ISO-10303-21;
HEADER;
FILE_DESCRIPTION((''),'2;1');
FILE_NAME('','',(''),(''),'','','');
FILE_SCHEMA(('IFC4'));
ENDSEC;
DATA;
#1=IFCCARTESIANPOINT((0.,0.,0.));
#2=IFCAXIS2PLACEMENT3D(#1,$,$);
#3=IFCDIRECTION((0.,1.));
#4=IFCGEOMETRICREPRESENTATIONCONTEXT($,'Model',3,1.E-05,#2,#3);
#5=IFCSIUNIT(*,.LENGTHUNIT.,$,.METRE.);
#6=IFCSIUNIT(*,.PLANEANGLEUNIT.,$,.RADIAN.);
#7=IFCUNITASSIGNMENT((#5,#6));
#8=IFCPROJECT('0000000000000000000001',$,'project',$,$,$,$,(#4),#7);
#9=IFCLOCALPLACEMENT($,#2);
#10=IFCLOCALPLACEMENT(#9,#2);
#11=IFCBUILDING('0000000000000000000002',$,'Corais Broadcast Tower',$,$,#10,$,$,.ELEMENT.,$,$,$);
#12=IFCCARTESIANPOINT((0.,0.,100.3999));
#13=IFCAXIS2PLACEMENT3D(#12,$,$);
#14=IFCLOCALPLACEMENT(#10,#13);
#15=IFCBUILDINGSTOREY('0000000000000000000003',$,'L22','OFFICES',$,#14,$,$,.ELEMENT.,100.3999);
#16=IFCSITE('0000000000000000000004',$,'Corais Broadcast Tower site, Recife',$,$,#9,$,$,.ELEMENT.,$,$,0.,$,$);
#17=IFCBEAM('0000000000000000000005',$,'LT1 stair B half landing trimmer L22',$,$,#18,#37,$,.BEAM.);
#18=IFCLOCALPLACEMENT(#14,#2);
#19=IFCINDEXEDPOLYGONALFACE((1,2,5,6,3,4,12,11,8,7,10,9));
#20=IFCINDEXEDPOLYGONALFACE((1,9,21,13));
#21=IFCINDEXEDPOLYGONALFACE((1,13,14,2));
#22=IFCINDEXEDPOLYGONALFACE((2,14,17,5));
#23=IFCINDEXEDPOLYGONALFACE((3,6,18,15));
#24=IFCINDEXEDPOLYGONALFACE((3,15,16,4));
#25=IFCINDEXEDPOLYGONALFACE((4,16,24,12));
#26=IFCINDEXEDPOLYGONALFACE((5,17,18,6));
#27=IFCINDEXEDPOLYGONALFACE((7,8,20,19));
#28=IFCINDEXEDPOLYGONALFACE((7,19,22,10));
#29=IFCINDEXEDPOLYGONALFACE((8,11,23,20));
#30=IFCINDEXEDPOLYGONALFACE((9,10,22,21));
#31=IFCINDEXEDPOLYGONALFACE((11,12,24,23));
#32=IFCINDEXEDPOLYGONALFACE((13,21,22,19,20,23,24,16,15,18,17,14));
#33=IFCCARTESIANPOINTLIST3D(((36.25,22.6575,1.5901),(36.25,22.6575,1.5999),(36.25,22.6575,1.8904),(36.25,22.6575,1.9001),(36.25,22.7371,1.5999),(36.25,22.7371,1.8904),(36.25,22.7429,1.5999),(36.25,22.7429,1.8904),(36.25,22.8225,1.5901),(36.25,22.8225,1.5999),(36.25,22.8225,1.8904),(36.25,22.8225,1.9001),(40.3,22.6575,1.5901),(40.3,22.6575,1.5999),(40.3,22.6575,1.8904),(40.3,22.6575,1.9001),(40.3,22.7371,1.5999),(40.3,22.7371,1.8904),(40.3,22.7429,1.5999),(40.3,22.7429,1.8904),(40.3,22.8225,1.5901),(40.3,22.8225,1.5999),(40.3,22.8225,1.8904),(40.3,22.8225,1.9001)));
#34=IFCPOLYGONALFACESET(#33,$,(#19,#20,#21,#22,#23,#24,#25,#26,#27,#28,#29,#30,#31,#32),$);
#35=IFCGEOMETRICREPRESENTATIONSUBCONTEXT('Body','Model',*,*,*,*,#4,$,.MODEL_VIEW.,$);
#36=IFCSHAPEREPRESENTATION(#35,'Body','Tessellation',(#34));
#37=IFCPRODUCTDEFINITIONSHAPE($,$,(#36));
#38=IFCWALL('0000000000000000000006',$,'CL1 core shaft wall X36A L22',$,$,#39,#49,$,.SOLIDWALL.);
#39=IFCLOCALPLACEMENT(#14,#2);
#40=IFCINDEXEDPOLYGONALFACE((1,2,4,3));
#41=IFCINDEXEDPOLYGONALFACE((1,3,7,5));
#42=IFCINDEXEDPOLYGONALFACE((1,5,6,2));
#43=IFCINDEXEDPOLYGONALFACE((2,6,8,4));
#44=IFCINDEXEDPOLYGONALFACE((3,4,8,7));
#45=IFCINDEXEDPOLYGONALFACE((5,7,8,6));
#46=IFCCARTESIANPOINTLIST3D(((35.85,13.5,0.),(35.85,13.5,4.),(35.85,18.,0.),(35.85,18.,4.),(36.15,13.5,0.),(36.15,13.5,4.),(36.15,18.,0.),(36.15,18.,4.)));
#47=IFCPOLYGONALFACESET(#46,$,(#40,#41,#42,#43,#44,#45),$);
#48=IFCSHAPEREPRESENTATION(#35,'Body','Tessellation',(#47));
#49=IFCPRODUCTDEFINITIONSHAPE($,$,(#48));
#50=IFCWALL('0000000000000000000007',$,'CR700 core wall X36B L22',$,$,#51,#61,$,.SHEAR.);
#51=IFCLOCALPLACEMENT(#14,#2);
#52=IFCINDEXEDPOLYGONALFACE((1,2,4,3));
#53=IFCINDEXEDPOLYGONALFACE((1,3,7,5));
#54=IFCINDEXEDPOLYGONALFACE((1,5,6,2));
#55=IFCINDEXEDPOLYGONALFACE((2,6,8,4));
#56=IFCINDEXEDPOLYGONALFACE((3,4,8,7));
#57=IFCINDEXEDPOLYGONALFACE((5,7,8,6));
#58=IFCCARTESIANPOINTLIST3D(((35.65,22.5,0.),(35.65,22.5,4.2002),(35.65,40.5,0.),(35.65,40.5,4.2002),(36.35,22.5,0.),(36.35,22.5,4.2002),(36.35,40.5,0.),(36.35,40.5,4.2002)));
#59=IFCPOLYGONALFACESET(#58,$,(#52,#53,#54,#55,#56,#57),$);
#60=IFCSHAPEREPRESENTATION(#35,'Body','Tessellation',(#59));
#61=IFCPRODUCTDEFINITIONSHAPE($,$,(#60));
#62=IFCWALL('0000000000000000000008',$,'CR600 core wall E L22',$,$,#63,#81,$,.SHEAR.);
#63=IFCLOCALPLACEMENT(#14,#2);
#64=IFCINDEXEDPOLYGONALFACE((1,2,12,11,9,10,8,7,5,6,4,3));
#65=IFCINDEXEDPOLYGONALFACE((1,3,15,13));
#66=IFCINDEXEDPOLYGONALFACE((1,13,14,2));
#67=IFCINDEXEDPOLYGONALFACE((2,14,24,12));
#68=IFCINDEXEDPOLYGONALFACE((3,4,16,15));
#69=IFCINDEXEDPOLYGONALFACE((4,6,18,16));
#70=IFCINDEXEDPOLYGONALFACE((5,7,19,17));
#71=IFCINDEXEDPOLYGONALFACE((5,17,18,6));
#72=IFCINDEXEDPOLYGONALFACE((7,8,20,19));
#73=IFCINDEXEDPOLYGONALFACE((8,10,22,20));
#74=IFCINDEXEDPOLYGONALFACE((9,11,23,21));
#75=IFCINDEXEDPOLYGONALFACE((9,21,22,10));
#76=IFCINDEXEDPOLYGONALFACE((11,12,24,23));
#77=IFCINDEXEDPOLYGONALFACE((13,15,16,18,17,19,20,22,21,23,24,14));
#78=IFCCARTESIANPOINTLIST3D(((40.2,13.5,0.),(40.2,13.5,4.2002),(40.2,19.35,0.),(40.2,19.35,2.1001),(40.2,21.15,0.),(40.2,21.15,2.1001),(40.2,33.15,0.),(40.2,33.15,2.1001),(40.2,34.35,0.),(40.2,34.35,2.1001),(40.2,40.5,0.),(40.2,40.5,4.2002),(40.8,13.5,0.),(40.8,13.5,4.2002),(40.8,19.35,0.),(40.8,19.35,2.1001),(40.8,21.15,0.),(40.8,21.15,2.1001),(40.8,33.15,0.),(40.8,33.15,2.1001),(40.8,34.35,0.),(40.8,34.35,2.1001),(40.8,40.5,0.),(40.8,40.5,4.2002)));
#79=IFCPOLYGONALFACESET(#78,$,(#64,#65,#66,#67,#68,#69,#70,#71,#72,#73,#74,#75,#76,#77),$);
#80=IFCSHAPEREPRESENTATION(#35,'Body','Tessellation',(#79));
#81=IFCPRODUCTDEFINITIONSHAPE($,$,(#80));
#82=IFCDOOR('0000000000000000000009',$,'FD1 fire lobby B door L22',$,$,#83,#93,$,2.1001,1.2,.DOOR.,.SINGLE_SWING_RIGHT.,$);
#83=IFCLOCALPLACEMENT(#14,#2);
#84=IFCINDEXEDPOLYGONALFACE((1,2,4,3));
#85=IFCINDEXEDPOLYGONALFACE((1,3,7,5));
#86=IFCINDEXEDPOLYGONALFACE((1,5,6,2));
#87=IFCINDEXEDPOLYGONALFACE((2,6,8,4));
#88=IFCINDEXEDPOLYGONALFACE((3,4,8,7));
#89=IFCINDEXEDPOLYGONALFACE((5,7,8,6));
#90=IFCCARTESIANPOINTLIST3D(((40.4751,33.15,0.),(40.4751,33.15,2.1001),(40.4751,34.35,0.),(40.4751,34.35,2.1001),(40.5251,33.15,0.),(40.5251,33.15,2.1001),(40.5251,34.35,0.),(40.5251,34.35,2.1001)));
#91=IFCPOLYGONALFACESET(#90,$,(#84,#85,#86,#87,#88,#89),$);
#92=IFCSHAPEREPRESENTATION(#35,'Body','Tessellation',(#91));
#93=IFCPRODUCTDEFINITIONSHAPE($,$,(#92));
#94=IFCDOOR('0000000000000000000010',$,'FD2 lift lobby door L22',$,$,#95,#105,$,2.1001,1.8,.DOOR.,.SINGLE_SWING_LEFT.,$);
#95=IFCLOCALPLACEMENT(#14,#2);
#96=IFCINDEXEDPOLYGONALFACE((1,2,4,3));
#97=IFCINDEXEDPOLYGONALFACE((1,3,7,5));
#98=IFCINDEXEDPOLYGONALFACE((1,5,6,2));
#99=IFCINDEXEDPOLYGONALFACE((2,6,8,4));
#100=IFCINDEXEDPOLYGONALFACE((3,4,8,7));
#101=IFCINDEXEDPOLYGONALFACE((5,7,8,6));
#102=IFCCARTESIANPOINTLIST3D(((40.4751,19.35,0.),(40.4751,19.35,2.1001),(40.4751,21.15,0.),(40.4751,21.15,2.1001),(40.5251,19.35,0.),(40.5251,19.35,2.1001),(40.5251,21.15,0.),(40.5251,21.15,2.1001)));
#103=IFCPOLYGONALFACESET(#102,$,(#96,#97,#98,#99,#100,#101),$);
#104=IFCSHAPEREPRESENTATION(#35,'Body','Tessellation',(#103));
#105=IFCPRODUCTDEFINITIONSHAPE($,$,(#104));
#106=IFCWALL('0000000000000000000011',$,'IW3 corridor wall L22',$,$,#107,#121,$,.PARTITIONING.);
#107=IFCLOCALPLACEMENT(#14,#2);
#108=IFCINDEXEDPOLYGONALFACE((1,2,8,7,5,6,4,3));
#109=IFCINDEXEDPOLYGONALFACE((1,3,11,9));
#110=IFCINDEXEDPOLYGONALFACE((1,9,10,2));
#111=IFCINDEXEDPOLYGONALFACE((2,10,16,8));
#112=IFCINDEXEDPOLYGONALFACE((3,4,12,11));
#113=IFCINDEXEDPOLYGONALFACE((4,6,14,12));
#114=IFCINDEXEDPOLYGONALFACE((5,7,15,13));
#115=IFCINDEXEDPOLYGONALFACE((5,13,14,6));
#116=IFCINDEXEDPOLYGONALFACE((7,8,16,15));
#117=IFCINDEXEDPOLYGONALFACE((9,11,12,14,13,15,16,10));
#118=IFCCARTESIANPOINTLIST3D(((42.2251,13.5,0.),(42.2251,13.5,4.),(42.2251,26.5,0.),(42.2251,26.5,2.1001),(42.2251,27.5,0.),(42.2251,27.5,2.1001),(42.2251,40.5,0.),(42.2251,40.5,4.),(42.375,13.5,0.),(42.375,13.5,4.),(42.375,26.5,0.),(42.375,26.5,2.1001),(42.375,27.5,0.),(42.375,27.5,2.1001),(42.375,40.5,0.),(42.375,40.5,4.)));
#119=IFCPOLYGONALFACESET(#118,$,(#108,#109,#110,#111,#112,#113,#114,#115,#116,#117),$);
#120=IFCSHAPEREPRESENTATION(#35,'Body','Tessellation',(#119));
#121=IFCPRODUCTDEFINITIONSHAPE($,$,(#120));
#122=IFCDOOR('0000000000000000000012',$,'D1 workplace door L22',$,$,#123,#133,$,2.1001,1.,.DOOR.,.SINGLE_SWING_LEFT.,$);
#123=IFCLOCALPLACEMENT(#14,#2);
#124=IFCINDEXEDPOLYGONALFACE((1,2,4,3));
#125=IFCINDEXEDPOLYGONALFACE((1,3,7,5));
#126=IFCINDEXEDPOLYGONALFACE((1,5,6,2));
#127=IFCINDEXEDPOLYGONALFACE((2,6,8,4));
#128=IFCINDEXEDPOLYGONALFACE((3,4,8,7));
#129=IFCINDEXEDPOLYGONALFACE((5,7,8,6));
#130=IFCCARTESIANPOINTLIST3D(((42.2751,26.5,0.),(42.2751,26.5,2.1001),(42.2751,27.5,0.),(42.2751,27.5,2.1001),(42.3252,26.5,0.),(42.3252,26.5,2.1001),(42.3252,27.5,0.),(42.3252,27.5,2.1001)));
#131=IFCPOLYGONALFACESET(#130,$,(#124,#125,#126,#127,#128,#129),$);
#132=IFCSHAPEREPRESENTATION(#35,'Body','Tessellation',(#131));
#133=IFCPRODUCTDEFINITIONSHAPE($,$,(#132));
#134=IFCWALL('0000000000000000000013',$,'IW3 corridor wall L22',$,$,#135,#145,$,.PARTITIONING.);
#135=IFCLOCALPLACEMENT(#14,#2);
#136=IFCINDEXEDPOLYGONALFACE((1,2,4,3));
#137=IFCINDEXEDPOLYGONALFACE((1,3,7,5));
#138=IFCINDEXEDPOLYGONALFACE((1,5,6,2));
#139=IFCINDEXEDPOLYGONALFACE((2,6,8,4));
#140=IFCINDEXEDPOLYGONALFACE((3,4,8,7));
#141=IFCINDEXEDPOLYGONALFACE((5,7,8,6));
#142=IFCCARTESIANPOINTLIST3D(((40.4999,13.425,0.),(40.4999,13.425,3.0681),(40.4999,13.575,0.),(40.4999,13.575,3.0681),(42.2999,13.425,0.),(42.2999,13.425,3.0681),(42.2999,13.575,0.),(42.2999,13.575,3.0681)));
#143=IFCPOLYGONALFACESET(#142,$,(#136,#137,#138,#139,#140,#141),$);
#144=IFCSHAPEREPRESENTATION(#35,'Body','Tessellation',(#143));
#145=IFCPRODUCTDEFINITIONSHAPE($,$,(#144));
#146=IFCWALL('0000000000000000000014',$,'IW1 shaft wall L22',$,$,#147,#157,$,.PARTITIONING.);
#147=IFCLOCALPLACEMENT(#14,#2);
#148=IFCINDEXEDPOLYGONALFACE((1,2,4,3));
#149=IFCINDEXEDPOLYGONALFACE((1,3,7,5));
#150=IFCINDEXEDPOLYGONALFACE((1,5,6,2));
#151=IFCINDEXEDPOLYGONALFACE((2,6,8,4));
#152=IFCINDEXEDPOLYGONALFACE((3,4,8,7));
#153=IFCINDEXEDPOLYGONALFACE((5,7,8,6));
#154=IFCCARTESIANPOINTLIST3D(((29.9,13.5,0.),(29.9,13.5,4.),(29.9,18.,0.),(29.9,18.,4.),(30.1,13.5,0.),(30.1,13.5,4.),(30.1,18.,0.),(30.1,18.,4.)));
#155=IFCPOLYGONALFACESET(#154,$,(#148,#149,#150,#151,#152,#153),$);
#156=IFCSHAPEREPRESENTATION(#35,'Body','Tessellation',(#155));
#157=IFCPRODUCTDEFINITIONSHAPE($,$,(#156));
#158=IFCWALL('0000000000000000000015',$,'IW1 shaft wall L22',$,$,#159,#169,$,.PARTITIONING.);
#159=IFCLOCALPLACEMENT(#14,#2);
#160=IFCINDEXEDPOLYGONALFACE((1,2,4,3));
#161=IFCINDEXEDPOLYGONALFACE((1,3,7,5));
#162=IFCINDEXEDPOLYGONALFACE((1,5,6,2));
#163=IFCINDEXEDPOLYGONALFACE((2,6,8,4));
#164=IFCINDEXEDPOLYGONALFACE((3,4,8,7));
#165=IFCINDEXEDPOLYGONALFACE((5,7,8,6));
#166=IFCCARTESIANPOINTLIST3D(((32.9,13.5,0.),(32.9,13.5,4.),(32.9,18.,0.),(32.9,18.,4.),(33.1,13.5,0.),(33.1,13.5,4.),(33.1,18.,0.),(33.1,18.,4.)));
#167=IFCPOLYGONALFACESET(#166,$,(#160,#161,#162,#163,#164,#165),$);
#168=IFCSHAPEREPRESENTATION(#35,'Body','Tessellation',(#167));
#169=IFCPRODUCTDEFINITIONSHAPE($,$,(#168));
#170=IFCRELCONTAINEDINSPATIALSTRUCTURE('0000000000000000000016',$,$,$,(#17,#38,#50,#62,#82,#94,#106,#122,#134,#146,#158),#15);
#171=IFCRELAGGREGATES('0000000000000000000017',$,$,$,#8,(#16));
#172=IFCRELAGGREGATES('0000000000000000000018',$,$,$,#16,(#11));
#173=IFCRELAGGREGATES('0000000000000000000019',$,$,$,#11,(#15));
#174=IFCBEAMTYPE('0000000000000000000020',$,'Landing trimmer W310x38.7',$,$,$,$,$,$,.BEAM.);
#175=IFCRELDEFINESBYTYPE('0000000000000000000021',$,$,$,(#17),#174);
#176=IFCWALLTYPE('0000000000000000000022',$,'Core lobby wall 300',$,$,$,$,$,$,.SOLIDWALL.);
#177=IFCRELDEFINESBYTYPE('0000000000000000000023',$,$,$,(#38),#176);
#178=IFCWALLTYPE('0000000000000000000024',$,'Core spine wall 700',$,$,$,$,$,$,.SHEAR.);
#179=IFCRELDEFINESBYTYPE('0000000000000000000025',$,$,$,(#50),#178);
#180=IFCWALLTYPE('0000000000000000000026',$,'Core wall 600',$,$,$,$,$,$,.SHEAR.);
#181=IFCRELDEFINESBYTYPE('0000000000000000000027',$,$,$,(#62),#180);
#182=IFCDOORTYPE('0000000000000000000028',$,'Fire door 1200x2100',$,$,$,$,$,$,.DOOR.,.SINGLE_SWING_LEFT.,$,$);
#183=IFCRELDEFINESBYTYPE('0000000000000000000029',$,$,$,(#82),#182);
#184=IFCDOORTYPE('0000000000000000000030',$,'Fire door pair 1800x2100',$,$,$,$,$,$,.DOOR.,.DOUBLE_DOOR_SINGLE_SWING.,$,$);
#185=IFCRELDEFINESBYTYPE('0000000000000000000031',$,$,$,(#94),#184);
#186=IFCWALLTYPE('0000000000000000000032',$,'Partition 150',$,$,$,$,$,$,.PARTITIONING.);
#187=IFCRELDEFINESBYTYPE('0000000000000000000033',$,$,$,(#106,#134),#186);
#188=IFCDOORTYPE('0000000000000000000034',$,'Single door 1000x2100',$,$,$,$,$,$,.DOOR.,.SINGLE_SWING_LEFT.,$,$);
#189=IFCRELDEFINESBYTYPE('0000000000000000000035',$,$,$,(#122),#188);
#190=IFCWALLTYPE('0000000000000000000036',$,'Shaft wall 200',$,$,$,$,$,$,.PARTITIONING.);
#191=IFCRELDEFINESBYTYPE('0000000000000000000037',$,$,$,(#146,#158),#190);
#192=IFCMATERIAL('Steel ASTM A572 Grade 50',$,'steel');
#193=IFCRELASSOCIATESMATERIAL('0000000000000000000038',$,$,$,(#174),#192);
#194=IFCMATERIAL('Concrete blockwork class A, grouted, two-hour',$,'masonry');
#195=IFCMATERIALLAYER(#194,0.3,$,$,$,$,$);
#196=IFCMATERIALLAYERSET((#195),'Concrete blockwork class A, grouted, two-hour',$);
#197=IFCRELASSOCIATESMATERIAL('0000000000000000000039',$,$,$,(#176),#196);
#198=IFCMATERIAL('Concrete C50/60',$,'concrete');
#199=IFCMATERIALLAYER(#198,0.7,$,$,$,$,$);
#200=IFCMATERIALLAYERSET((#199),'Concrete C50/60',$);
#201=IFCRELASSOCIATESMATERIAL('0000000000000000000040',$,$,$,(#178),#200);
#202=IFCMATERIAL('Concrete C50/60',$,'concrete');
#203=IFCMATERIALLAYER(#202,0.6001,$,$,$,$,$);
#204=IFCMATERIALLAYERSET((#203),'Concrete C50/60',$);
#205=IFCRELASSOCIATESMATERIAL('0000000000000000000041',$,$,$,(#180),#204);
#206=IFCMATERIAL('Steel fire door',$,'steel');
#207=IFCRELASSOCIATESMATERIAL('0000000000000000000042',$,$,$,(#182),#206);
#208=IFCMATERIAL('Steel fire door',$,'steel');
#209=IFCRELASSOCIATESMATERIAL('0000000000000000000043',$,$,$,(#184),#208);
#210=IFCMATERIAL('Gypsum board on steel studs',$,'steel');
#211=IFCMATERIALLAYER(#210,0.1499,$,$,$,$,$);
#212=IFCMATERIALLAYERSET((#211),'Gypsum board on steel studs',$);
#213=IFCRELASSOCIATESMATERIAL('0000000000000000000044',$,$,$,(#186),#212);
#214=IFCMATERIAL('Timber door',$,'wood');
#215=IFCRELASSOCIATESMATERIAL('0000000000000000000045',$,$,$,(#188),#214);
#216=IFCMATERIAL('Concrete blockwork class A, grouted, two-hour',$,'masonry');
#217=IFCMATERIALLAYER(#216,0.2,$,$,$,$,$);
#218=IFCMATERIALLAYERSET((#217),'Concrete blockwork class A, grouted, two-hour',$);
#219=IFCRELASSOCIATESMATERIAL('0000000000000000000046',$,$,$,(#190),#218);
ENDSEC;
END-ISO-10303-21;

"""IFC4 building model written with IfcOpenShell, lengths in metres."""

from ifc_helpers import new_model, si_unit, direction, frame, frame_2d, origin, origin_2d, place, context, subcontext, project, spatial, rectangle, i_section, extrude, material, layer, layer_set, material_profile, profile_set, type_object, element, fill, save


model = new_model("IFC4")

# Units and contexts
model_context = context("Model", 3, precision=1e-05, world=origin(), true_north=direction((0.0, 1.0)))
body_context = subcontext(model_context, "Body", "Model", "MODEL_VIEW")
ifc_project = project(units=[si_unit("LENGTHUNIT", "METRE"), si_unit("PLANEANGLEUNIT", "RADIAN")], contexts=[model_context])

# Site, building, storey
site_placement = place(None, origin())
site = spatial("IfcSite", under=ifc_project, at=site_placement, Name="Corais Broadcast Tower site, Recife", CompositionType="ELEMENT", RefElevation=0.0)
building_placement = place(site_placement, origin())
building = spatial("IfcBuilding", under=site, at=building_placement, Name="Corais Broadcast Tower", CompositionType="ELEMENT")
storey_placement = place(building_placement, frame((0.0, 0.0, 100.3999)))
storey = spatial("IfcBuildingStorey", under=building, at=storey_placement, Name="L22", Description="OFFICES", CompositionType="ELEMENT", Elevation=100.3999)

# Beam
ifc_material_1 = material(Name="Steel ASTM A572 Grade 50", Category="steel")
ifc_material_profile = material_profile(ifc_material_1, i_section(OverallWidth=0.165, OverallDepth=0.3101, WebThickness=0.0059, FlangeThickness=0.0098, at=origin_2d()), Name="W310x38.7")
ifc_profile_set = profile_set([ifc_material_profile], Name="Steel ASTM A572 Grade 50")
beam_type = type_object("IfcBeamType", Name="Landing trimmer W310x38.7", PredefinedType="BEAM", material=ifc_profile_set)
beam_placement = place(storey_placement, frame((36.25, 22.74, 1.7451), z_axis=(1.0, 0.0, 0.0), x_axis=(0.0, 1.0, 0.0)))
element("IfcBeam", 1, at=beam_placement, inside=storey, type_object=beam_type, Name="LT1 stair B half landing trimmer L22", PredefinedType="BEAM", context=body_context, shape_type="SweptSolid", body=[
    extrude(i_section(OverallWidth=0.165, OverallDepth=0.3101, WebThickness=0.0059, FlangeThickness=0.0098, at=origin_2d()), origin(), (0.0, 0.0, 1.0), 4.05),
])

# Walls
ifc_material_2 = material(Name="Concrete blockwork class A, grouted, two-hour", Category="masonry")
ifc_layer_1 = layer(ifc_material_2, 0.3)
ifc_layer_set_1 = layer_set([ifc_layer_1], Name="Concrete blockwork class A, grouted, two-hour")
wall_type_1 = type_object("IfcWallType", Name="Core lobby wall 300", PredefinedType="SOLIDWALL", material=ifc_layer_set_1)
wall_1_placement = place(storey_placement, frame((36.0, 13.5, 0.0), z_axis=(0.0, 0.0, 1.0), x_axis=(0.0, 1.0, 0.0)))
element("IfcWall", 2, at=wall_1_placement, inside=storey, type_object=wall_type_1, Name="CL1 core shaft wall X36A L22", PredefinedType="SOLIDWALL", context=body_context, shape_type="SweptSolid", body=[
    extrude(rectangle(XDim=4.5, YDim=0.3, at=frame_2d((2.25, 0.0))), origin(), (0.0, 0.0, 1.0), 4.0),
])
ifc_material_3 = material(Name="Concrete C50/60", Category="concrete")
ifc_layer_2 = layer(ifc_material_3, 0.7)
ifc_layer_set_2 = layer_set([ifc_layer_2], Name="Concrete C50/60")
wall_type_2 = type_object("IfcWallType", Name="Core spine wall 700", PredefinedType="SHEAR", material=ifc_layer_set_2)
wall_2_placement = place(storey_placement, frame((36.0, 22.5, 0.0), z_axis=(0.0, 0.0, 1.0), x_axis=(0.0, 1.0, 0.0)))
element("IfcWall", 3, at=wall_2_placement, inside=storey, type_object=wall_type_2, Name="CR700 core wall X36B L22", PredefinedType="SHEAR", context=body_context, shape_type="SweptSolid", body=[
    extrude(rectangle(XDim=18.0, YDim=0.7, at=frame_2d((9.0, 0.0))), origin(), (0.0, 0.0, 1.0), 4.2002),
])

# Wall, openings, doors
ifc_material_4 = material(Name="Concrete C50/60", Category="concrete")
ifc_layer_3 = layer(ifc_material_4, 0.6001)
ifc_layer_set_3 = layer_set([ifc_layer_3], Name="Concrete C50/60")
wall_type_3 = type_object("IfcWallType", Name="Core wall 600", PredefinedType="SHEAR", material=ifc_layer_set_3)
wall_3_placement = place(storey_placement, frame((40.5, 13.5, 0.0), z_axis=(0.0, 0.0, 1.0), x_axis=(0.0, 1.0, 0.0)))
wall_3 = element("IfcWall", 4, at=wall_3_placement, inside=storey, type_object=wall_type_3, Name="CR600 core wall E L22", PredefinedType="SHEAR", context=body_context, shape_type="SweptSolid", body=[
    extrude(rectangle(XDim=27.0, YDim=0.6001, at=frame_2d((13.5, 0.0))), origin(), (0.0, 0.0, 1.0), 4.2002),
])
opening_1_placement = place(wall_3_placement, frame((5.8501, 0.0, 0.0)))
opening_1 = element("IfcOpeningElement", 5, at=opening_1_placement, cuts=wall_3, PredefinedType="OPENING", context=body_context, shape_type="SweptSolid", body=[
    extrude(rectangle(XDim=1.8, YDim=2.1001, at=frame_2d((0.8999, 1.05))), frame((0.0, 0.3101, 0.0), z_axis=(0.0, -1.0, 0.0), x_axis=(1.0, 0.0, 0.0)), (0.0, 0.0, 1.0), 0.6201),
])
opening_2_placement = place(wall_3_placement, frame((19.6499, 0.0, 0.0)))
opening_2 = element("IfcOpeningElement", 6, at=opening_2_placement, cuts=wall_3, PredefinedType="OPENING", context=body_context, shape_type="SweptSolid", body=[
    extrude(rectangle(XDim=1.2, YDim=2.1001, at=frame_2d((0.6001, 1.05))), frame((0.0, 0.3101, 0.0), z_axis=(0.0, -1.0, 0.0), x_axis=(1.0, 0.0, 0.0)), (0.0, 0.0, 1.0), 0.6201),
])
ifc_material_5 = material(Name="Steel fire door", Category="steel")
door_type_1 = type_object("IfcDoorType", Name="Fire door 1200x2100", OperationType="SINGLE_SWING_LEFT", PredefinedType="DOOR", material=ifc_material_5)
door_1_placement = place(opening_2_placement, origin())
door_1 = element("IfcDoor", 7, at=door_1_placement, inside=storey, type_object=door_type_1, Name="FD1 fire lobby B door L22", OperationType="SINGLE_SWING_RIGHT", OverallHeight=2.1001, OverallWidth=1.2, PredefinedType="DOOR", context=body_context, shape_type="SweptSolid", body=[
    extrude(rectangle(XDim=1.2, YDim=2.1001, at=frame_2d((0.6001, 1.05))), frame((0.0, 0.0249, 0.0), z_axis=(0.0, -1.0, 0.0), x_axis=(1.0, 0.0, 0.0)), (0.0, 0.0, 1.0), 0.05),
])
fill(opening_2, door_1)
ifc_material_6 = material(Name="Steel fire door", Category="steel")
door_type_2 = type_object("IfcDoorType", Name="Fire door pair 1800x2100", OperationType="DOUBLE_DOOR_SINGLE_SWING", PredefinedType="DOOR", material=ifc_material_6)
door_2_placement = place(opening_1_placement, origin())
door_2 = element("IfcDoor", 8, at=door_2_placement, inside=storey, type_object=door_type_2, Name="FD2 lift lobby door L22", OperationType="SINGLE_SWING_LEFT", OverallHeight=2.1001, OverallWidth=1.8, PredefinedType="DOOR", context=body_context, shape_type="SweptSolid", body=[
    extrude(rectangle(XDim=1.8, YDim=2.1001, at=frame_2d((0.8999, 1.05))), frame((0.0, 0.0249, 0.0), z_axis=(0.0, -1.0, 0.0), x_axis=(1.0, 0.0, 0.0)), (0.0, 0.0, 1.0), 0.05),
])
fill(opening_1, door_2)

# Wall, opening, door
ifc_material_7 = material(Name="Gypsum board on steel studs", Category="steel")
ifc_layer_4 = layer(ifc_material_7, 0.1499)
ifc_layer_set_4 = layer_set([ifc_layer_4], Name="Gypsum board on steel studs")
wall_type_4 = type_object("IfcWallType", Name="Partition 150", PredefinedType="PARTITIONING", material=ifc_layer_set_4)
wall_4_placement = place(storey_placement, frame((42.3, 13.5, 0.0), z_axis=(0.0, 0.0, 1.0), x_axis=(0.0, 1.0, 0.0)))
wall_4 = element("IfcWall", 9, at=wall_4_placement, inside=storey, type_object=wall_type_4, Name="IW3 corridor wall L22", PredefinedType="PARTITIONING", context=body_context, shape_type="SweptSolid", body=[
    extrude(rectangle(XDim=27.0, YDim=0.1499, at=frame_2d((13.5, 0.0))), origin(), (0.0, 0.0, 1.0), 4.0),
])
opening_3_placement = place(wall_4_placement, frame((13.0, 0.0, 0.0)))
opening_3 = element("IfcOpeningElement", 10, at=opening_3_placement, cuts=wall_4, PredefinedType="OPENING", context=body_context, shape_type="SweptSolid", body=[
    extrude(rectangle(XDim=1.0, YDim=2.1001, at=frame_2d((0.5, 1.05))), frame((0.0, 0.085, 0.0), z_axis=(0.0, -1.0, 0.0), x_axis=(1.0, 0.0, 0.0)), (0.0, 0.0, 1.0), 0.1699),
])
ifc_material_8 = material(Name="Timber door", Category="wood")
door_type_3 = type_object("IfcDoorType", Name="Single door 1000x2100", OperationType="SINGLE_SWING_LEFT", PredefinedType="DOOR", material=ifc_material_8)
door_3_placement = place(opening_3_placement, origin())
door_3 = element("IfcDoor", 11, at=door_3_placement, inside=storey, type_object=door_type_3, Name="D1 workplace door L22", OperationType="SINGLE_SWING_LEFT", OverallHeight=2.1001, OverallWidth=1.0, PredefinedType="DOOR", context=body_context, shape_type="SweptSolid", body=[
    extrude(rectangle(XDim=1.0, YDim=2.1001, at=frame_2d((0.5, 1.05))), frame((0.0, 0.0249, 0.0), z_axis=(0.0, -1.0, 0.0), x_axis=(1.0, 0.0, 0.0)), (0.0, 0.0, 1.0), 0.05),
])
fill(opening_3, door_3)

# Walls
wall_5_placement = place(storey_placement, frame((40.5, 13.5, 0.0), z_axis=(0.0, 0.0, 1.0), x_axis=(1.0, 0.0, 0.0)))
element("IfcWall", 12, at=wall_5_placement, inside=storey, type_object=wall_type_4, Name="IW3 corridor wall L22", PredefinedType="PARTITIONING", context=body_context, shape_type="SweptSolid", body=[
    extrude(rectangle(XDim=1.8, YDim=0.1499, at=frame_2d((0.8999, 0.0))), origin(), (0.0, 0.0, 1.0), 3.0681),
])
ifc_material_9 = material(Name="Concrete blockwork class A, grouted, two-hour", Category="masonry")
ifc_layer_5 = layer(ifc_material_9, 0.2)
ifc_layer_set_5 = layer_set([ifc_layer_5], Name="Concrete blockwork class A, grouted, two-hour")
wall_type_5 = type_object("IfcWallType", Name="Shaft wall 200", PredefinedType="PARTITIONING", material=ifc_layer_set_5)
for number, where, z_axis, x_axis, name in (
    (13, (30.0, 13.5, 0.0), (0.0, 0.0, 1.0), (0.0, 1.0, 0.0), "IW1 shaft wall L22"),
    (14, (33.0, 13.5, 0.0), (0.0, 0.0, 1.0), (0.0, 1.0, 0.0), "IW1 shaft wall L22"),
):
    element("IfcWall", number, at=place(storey_placement, frame(where, z_axis=z_axis, x_axis=x_axis)), inside=storey, type_object=wall_type_5, Name=name, PredefinedType="PARTITIONING", context=body_context, shape_type="SweptSolid", body=[
        extrude(rectangle(XDim=4.5, YDim=0.2, at=frame_2d((2.25, 0.0))), origin(), (0.0, 0.0, 1.0), 4.0),
    ])

save(model, "model.ifc")
